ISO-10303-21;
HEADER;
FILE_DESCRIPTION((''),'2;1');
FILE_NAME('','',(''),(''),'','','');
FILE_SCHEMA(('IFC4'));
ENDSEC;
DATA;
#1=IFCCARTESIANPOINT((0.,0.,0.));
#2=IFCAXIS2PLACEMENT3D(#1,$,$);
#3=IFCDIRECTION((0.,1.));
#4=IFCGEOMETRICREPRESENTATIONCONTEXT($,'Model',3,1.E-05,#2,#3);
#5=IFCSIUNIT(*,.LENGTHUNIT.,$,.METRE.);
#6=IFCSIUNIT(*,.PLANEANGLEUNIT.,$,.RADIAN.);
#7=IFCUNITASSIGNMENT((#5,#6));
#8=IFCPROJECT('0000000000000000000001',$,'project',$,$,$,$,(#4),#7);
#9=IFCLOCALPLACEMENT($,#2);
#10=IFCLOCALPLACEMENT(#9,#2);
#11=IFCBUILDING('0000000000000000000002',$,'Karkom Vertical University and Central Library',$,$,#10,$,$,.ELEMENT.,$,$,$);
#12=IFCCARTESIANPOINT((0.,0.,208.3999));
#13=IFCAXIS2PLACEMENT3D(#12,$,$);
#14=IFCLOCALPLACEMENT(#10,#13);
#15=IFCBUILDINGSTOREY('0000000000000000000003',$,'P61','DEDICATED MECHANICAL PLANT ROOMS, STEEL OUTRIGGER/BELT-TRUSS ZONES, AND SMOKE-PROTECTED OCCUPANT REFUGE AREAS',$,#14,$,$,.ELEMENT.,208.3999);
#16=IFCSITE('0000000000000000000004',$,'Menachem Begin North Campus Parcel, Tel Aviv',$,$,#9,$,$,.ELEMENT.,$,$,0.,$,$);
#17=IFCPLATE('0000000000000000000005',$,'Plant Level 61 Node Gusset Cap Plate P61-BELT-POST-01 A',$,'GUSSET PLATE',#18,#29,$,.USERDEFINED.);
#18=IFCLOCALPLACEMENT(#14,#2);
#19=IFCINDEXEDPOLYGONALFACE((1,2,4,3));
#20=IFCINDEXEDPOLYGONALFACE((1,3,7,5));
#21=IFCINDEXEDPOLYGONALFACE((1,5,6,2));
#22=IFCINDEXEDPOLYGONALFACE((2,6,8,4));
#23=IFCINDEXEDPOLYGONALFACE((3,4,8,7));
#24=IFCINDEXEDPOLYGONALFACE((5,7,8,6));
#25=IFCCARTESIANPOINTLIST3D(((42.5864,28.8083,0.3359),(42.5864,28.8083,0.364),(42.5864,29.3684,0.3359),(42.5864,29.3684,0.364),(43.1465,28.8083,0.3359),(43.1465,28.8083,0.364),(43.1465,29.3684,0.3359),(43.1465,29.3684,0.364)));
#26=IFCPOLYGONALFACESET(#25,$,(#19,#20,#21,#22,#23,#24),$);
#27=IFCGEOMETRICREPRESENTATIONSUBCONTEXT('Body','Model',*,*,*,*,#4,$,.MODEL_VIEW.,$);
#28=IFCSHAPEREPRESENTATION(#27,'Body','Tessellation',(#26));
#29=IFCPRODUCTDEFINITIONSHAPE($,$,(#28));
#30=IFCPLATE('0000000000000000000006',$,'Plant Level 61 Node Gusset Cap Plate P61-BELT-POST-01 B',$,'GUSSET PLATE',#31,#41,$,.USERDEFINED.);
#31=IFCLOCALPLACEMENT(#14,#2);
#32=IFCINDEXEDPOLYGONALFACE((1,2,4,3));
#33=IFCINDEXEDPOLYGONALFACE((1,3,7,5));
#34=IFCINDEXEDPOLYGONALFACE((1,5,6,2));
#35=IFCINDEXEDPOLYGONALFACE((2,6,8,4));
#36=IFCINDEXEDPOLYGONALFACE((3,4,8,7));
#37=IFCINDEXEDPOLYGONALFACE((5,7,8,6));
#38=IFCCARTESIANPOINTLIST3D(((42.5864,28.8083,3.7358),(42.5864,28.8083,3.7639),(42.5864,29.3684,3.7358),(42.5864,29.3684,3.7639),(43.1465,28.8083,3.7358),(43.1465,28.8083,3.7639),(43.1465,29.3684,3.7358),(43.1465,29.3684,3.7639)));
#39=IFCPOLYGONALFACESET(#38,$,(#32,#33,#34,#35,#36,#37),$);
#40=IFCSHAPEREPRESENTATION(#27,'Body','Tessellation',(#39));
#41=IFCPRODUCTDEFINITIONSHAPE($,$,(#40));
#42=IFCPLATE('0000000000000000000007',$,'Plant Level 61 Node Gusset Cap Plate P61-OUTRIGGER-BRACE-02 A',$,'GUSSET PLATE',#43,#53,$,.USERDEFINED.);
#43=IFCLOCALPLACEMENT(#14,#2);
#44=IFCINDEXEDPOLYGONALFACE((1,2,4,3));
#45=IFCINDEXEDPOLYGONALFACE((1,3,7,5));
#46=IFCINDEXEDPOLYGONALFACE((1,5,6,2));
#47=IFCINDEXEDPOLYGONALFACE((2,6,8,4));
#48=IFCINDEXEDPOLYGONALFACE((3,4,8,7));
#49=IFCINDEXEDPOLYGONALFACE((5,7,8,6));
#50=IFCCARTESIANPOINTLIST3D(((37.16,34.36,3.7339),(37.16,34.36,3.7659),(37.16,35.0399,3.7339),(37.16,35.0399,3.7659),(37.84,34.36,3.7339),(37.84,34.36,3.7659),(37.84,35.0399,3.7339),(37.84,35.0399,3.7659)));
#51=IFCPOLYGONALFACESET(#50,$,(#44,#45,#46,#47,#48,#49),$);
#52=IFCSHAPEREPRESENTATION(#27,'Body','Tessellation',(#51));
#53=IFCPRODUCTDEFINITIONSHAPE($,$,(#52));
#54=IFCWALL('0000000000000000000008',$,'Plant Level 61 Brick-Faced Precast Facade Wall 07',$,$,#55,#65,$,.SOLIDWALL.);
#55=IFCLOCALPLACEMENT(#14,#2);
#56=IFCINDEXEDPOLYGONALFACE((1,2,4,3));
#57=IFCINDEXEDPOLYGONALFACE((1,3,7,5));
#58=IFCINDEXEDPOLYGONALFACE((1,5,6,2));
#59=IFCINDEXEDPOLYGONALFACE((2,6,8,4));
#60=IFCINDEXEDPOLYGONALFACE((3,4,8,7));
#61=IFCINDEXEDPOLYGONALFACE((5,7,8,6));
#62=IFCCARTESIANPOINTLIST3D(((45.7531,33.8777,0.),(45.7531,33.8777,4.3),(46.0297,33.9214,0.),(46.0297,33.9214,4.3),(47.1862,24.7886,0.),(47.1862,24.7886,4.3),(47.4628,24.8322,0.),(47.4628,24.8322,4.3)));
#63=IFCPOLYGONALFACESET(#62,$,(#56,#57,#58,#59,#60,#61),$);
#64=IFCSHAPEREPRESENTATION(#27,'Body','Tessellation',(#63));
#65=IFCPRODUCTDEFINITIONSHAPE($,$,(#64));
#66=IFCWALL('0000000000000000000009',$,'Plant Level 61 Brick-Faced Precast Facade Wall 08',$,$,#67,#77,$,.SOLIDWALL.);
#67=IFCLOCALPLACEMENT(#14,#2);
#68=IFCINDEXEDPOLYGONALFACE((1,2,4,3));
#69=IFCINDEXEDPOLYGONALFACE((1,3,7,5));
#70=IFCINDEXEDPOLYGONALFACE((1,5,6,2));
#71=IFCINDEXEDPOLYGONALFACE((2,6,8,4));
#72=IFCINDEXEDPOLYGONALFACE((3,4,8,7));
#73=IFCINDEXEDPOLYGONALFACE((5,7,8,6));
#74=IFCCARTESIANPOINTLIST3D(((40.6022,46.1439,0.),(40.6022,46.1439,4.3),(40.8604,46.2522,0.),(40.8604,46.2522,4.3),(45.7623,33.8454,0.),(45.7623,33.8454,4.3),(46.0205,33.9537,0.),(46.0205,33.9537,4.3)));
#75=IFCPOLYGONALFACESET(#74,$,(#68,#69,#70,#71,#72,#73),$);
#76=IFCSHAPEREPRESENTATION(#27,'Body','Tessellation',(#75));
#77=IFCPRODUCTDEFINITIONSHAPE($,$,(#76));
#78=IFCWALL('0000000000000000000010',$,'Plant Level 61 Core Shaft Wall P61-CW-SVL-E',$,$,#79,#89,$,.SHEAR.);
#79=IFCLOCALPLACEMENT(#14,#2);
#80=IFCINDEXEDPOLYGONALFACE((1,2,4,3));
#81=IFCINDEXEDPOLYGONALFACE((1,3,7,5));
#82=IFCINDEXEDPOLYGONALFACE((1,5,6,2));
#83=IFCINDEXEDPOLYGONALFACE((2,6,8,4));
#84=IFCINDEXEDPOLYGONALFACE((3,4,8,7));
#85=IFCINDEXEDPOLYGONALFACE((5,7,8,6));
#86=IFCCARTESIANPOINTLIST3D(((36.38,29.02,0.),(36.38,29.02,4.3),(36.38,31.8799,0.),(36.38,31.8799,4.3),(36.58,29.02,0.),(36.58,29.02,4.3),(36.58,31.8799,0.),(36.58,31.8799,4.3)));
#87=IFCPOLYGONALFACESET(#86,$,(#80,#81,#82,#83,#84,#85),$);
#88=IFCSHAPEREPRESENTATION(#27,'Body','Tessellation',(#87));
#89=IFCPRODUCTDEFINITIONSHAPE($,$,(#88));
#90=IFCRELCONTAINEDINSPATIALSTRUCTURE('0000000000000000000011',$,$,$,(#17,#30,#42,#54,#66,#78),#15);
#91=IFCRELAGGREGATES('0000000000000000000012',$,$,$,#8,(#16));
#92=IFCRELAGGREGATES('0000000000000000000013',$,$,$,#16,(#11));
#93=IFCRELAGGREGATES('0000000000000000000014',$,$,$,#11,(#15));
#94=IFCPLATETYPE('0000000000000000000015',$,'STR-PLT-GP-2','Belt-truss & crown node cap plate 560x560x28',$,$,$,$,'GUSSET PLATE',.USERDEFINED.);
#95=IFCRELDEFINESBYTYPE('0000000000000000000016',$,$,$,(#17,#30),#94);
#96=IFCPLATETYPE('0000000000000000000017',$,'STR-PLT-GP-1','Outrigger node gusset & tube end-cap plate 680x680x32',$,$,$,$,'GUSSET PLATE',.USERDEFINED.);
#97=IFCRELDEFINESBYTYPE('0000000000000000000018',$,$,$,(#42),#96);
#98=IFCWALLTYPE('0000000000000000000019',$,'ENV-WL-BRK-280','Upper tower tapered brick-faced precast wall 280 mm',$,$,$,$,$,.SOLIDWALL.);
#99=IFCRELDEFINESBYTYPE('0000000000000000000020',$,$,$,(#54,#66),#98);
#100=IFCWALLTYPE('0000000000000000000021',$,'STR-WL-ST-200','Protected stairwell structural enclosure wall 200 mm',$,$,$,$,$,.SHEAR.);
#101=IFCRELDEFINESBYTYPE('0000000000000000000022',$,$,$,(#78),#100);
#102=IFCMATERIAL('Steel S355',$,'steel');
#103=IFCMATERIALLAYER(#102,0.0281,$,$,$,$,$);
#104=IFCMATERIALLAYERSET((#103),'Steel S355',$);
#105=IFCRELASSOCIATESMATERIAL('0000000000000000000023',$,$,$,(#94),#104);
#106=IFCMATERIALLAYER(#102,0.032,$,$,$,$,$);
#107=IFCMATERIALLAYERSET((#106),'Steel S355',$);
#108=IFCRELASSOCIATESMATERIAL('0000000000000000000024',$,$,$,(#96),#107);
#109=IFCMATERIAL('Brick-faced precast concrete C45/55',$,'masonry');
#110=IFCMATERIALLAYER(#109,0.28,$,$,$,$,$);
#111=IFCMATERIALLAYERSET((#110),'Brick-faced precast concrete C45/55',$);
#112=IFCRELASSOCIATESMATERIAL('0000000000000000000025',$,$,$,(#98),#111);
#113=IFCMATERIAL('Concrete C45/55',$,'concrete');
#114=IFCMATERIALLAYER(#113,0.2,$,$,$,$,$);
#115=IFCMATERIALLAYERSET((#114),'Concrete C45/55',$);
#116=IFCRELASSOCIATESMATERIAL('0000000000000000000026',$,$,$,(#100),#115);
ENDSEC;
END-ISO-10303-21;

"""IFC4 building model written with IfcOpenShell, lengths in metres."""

from ifc_helpers import new_model, si_unit, direction, frame, frame_2d, origin, origin_with_axes, origin_2d, place, context, subcontext, project, spatial, rectangle, extrude, source, transform, mapped, material, layer, layer_set, type_object, element, save


model = new_model("IFC4")

# Units and contexts
model_context = context("Model", 3, precision=1e-05, world=origin(), true_north=direction((0.0, 1.0)))
body_context = subcontext(model_context, "Body", "Model", "MODEL_VIEW")
ifc_project = project(units=[si_unit("LENGTHUNIT", "METRE"), si_unit("PLANEANGLEUNIT", "RADIAN")], contexts=[model_context])

# Site, building, storey
site_placement = place(None, origin())
site = spatial("IfcSite", under=ifc_project, at=site_placement, Name="Menachem Begin North Campus Parcel, Tel Aviv", CompositionType="ELEMENT", RefElevation=0.0)
building_placement = place(site_placement, origin())
building = spatial("IfcBuilding", under=site, at=building_placement, Name="Karkom Vertical University and Central Library", CompositionType="ELEMENT")
storey_placement = place(building_placement, frame((0.0, 0.0, 208.3999)))
storey = spatial("IfcBuildingStorey", under=building, at=storey_placement, Name="P61", Description="DEDICATED MECHANICAL PLANT ROOMS, STEEL OUTRIGGER/BELT-TRUSS ZONES, AND SMOKE-PROTECTED OCCUPANT REFUGE AREAS", CompositionType="ELEMENT", Elevation=208.3999)

# Shared definitions
ifc_material_1 = material(Name="Steel S355", Category="steel")

# Plates
ifc_layer_1 = layer(ifc_material_1, 0.0281)
ifc_layer_set_1 = layer_set([ifc_layer_1], Name="Steel S355")
plate_type_1 = type_object("IfcPlateType", Name="STR-PLT-GP-2", Description="Belt-truss & crown node cap plate 560x560x28", ElementType="GUSSET PLATE", PredefinedType="USERDEFINED", material=ifc_layer_set_1)
shared_shape_1 = source(origin_with_axes(), body_context, "Body", "SweptSolid", [
    extrude(rectangle(XDim=0.5601, YDim=0.5601, at=origin_2d()), origin(), (0.0, 0.0, 1.0), 0.0281),
])
for number, where, z_axis, x_axis, name in (
    (1, (42.8665, 29.0884, 0.3359), (0.0, 0.0, 1.0), (1.0, 0.0, 0.0), "Plant Level 61 Node Gusset Cap Plate P61-BELT-POST-01 A"),
    (2, (42.8665, 29.0884, 3.7358), (0.0, 0.0, 1.0), (1.0, 0.0, 0.0), "Plant Level 61 Node Gusset Cap Plate P61-BELT-POST-01 B"),
):
    element("IfcPlate", number, at=place(storey_placement, frame(where, z_axis=z_axis, x_axis=x_axis)), inside=storey, type_object=plate_type_1, Name=name, ObjectType="GUSSET PLATE", PredefinedType="USERDEFINED", context=body_context, shape_type="MappedRepresentation", body=[
        mapped(shared_shape_1, transform((0.0, 0.0, 0.0), scale=1.0)),
    ])
ifc_layer_2 = layer(ifc_material_1, 0.032)
ifc_layer_set_2 = layer_set([ifc_layer_2], Name="Steel S355")
plate_type_2 = type_object("IfcPlateType", Name="STR-PLT-GP-1", Description="Outrigger node gusset & tube end-cap plate 680x680x32", ElementType="GUSSET PLATE", PredefinedType="USERDEFINED", material=ifc_layer_set_2)
shared_shape_2 = source(origin_with_axes(), body_context, "Body", "SweptSolid", [
    extrude(rectangle(XDim=0.6799, YDim=0.6799, at=origin_2d()), origin(), (0.0, 0.0, 1.0), 0.032),
])
plate_placement = place(storey_placement, frame((37.5, 34.7, 3.7339), z_axis=(0.0, 0.0, 1.0), x_axis=(1.0, 0.0, 0.0)))
element("IfcPlate", 3, at=plate_placement, inside=storey, type_object=plate_type_2, Name="Plant Level 61 Node Gusset Cap Plate P61-OUTRIGGER-BRACE-02 A", ObjectType="GUSSET PLATE", PredefinedType="USERDEFINED", context=body_context, shape_type="MappedRepresentation", body=[
    mapped(shared_shape_2, transform((0.0, 0.0, 0.0), scale=1.0)),
])

# Walls
ifc_material_2 = material(Name="Brick-faced precast concrete C45/55", Category="masonry")
ifc_layer_3 = layer(ifc_material_2, 0.28)
ifc_layer_set_3 = layer_set([ifc_layer_3], Name="Brick-faced precast concrete C45/55")
wall_type_1 = type_object("IfcWallType", Name="ENV-WL-BRK-280", Description="Upper tower tapered brick-faced precast wall 280 mm", PredefinedType="SOLIDWALL", material=ifc_layer_set_3)
wall_1_placement = place(storey_placement, frame((47.3245, 24.8105, 0.0), z_axis=(0.0, 0.0, 1.0), x_axis=(-0.155749, 0.987797, 0.0)))
element("IfcWall", 4, at=wall_1_placement, inside=storey, type_object=wall_type_1, Name="Plant Level 61 Brick-Faced Precast Facade Wall 07", PredefinedType="SOLIDWALL", context=body_context, shape_type="SweptSolid", body=[
    extrude(rectangle(XDim=9.2014, YDim=0.28, at=frame_2d((4.6006, 0.0))), origin(), (0.0, 0.0, 1.0), 4.3),
])
wall_2_placement = place(storey_placement, frame((45.8914, 33.8997, 0.0), z_axis=(0.0, 0.0, 1.0), x_axis=(-0.386898, 0.922123, 0.0)))
element("IfcWall", 5, at=wall_2_placement, inside=storey, type_object=wall_type_1, Name="Plant Level 61 Brick-Faced Precast Facade Wall 08", PredefinedType="SOLIDWALL", context=body_context, shape_type="SweptSolid", body=[
    extrude(rectangle(XDim=13.3372, YDim=0.28, at=frame_2d((6.6685, 0.0))), origin(), (0.0, 0.0, 1.0), 4.3),
])

# Wall
ifc_material_3 = material(Name="Concrete C45/55", Category="concrete")
ifc_layer_4 = layer(ifc_material_3, 0.2)
ifc_layer_set_4 = layer_set([ifc_layer_4], Name="Concrete C45/55")
wall_type_2 = type_object("IfcWallType", Name="STR-WL-ST-200", Description="Protected stairwell structural enclosure wall 200 mm", PredefinedType="SHEAR", material=ifc_layer_set_4)
wall_3_placement = place(storey_placement, frame((36.48, 29.02, 0.0), z_axis=(0.0, 0.0, 1.0), x_axis=(0.0, 1.0, 0.0)))
element("IfcWall", 6, at=wall_3_placement, inside=storey, type_object=wall_type_2, Name="Plant Level 61 Core Shaft Wall P61-CW-SVL-E", PredefinedType="SHEAR", context=body_context, shape_type="SweptSolid", body=[
    extrude(rectangle(XDim=2.8599, YDim=0.2, at=frame_2d((1.4299, 0.0))), origin(), (0.0, 0.0, 1.0), 4.3),
])

save(model, "model.ifc")
